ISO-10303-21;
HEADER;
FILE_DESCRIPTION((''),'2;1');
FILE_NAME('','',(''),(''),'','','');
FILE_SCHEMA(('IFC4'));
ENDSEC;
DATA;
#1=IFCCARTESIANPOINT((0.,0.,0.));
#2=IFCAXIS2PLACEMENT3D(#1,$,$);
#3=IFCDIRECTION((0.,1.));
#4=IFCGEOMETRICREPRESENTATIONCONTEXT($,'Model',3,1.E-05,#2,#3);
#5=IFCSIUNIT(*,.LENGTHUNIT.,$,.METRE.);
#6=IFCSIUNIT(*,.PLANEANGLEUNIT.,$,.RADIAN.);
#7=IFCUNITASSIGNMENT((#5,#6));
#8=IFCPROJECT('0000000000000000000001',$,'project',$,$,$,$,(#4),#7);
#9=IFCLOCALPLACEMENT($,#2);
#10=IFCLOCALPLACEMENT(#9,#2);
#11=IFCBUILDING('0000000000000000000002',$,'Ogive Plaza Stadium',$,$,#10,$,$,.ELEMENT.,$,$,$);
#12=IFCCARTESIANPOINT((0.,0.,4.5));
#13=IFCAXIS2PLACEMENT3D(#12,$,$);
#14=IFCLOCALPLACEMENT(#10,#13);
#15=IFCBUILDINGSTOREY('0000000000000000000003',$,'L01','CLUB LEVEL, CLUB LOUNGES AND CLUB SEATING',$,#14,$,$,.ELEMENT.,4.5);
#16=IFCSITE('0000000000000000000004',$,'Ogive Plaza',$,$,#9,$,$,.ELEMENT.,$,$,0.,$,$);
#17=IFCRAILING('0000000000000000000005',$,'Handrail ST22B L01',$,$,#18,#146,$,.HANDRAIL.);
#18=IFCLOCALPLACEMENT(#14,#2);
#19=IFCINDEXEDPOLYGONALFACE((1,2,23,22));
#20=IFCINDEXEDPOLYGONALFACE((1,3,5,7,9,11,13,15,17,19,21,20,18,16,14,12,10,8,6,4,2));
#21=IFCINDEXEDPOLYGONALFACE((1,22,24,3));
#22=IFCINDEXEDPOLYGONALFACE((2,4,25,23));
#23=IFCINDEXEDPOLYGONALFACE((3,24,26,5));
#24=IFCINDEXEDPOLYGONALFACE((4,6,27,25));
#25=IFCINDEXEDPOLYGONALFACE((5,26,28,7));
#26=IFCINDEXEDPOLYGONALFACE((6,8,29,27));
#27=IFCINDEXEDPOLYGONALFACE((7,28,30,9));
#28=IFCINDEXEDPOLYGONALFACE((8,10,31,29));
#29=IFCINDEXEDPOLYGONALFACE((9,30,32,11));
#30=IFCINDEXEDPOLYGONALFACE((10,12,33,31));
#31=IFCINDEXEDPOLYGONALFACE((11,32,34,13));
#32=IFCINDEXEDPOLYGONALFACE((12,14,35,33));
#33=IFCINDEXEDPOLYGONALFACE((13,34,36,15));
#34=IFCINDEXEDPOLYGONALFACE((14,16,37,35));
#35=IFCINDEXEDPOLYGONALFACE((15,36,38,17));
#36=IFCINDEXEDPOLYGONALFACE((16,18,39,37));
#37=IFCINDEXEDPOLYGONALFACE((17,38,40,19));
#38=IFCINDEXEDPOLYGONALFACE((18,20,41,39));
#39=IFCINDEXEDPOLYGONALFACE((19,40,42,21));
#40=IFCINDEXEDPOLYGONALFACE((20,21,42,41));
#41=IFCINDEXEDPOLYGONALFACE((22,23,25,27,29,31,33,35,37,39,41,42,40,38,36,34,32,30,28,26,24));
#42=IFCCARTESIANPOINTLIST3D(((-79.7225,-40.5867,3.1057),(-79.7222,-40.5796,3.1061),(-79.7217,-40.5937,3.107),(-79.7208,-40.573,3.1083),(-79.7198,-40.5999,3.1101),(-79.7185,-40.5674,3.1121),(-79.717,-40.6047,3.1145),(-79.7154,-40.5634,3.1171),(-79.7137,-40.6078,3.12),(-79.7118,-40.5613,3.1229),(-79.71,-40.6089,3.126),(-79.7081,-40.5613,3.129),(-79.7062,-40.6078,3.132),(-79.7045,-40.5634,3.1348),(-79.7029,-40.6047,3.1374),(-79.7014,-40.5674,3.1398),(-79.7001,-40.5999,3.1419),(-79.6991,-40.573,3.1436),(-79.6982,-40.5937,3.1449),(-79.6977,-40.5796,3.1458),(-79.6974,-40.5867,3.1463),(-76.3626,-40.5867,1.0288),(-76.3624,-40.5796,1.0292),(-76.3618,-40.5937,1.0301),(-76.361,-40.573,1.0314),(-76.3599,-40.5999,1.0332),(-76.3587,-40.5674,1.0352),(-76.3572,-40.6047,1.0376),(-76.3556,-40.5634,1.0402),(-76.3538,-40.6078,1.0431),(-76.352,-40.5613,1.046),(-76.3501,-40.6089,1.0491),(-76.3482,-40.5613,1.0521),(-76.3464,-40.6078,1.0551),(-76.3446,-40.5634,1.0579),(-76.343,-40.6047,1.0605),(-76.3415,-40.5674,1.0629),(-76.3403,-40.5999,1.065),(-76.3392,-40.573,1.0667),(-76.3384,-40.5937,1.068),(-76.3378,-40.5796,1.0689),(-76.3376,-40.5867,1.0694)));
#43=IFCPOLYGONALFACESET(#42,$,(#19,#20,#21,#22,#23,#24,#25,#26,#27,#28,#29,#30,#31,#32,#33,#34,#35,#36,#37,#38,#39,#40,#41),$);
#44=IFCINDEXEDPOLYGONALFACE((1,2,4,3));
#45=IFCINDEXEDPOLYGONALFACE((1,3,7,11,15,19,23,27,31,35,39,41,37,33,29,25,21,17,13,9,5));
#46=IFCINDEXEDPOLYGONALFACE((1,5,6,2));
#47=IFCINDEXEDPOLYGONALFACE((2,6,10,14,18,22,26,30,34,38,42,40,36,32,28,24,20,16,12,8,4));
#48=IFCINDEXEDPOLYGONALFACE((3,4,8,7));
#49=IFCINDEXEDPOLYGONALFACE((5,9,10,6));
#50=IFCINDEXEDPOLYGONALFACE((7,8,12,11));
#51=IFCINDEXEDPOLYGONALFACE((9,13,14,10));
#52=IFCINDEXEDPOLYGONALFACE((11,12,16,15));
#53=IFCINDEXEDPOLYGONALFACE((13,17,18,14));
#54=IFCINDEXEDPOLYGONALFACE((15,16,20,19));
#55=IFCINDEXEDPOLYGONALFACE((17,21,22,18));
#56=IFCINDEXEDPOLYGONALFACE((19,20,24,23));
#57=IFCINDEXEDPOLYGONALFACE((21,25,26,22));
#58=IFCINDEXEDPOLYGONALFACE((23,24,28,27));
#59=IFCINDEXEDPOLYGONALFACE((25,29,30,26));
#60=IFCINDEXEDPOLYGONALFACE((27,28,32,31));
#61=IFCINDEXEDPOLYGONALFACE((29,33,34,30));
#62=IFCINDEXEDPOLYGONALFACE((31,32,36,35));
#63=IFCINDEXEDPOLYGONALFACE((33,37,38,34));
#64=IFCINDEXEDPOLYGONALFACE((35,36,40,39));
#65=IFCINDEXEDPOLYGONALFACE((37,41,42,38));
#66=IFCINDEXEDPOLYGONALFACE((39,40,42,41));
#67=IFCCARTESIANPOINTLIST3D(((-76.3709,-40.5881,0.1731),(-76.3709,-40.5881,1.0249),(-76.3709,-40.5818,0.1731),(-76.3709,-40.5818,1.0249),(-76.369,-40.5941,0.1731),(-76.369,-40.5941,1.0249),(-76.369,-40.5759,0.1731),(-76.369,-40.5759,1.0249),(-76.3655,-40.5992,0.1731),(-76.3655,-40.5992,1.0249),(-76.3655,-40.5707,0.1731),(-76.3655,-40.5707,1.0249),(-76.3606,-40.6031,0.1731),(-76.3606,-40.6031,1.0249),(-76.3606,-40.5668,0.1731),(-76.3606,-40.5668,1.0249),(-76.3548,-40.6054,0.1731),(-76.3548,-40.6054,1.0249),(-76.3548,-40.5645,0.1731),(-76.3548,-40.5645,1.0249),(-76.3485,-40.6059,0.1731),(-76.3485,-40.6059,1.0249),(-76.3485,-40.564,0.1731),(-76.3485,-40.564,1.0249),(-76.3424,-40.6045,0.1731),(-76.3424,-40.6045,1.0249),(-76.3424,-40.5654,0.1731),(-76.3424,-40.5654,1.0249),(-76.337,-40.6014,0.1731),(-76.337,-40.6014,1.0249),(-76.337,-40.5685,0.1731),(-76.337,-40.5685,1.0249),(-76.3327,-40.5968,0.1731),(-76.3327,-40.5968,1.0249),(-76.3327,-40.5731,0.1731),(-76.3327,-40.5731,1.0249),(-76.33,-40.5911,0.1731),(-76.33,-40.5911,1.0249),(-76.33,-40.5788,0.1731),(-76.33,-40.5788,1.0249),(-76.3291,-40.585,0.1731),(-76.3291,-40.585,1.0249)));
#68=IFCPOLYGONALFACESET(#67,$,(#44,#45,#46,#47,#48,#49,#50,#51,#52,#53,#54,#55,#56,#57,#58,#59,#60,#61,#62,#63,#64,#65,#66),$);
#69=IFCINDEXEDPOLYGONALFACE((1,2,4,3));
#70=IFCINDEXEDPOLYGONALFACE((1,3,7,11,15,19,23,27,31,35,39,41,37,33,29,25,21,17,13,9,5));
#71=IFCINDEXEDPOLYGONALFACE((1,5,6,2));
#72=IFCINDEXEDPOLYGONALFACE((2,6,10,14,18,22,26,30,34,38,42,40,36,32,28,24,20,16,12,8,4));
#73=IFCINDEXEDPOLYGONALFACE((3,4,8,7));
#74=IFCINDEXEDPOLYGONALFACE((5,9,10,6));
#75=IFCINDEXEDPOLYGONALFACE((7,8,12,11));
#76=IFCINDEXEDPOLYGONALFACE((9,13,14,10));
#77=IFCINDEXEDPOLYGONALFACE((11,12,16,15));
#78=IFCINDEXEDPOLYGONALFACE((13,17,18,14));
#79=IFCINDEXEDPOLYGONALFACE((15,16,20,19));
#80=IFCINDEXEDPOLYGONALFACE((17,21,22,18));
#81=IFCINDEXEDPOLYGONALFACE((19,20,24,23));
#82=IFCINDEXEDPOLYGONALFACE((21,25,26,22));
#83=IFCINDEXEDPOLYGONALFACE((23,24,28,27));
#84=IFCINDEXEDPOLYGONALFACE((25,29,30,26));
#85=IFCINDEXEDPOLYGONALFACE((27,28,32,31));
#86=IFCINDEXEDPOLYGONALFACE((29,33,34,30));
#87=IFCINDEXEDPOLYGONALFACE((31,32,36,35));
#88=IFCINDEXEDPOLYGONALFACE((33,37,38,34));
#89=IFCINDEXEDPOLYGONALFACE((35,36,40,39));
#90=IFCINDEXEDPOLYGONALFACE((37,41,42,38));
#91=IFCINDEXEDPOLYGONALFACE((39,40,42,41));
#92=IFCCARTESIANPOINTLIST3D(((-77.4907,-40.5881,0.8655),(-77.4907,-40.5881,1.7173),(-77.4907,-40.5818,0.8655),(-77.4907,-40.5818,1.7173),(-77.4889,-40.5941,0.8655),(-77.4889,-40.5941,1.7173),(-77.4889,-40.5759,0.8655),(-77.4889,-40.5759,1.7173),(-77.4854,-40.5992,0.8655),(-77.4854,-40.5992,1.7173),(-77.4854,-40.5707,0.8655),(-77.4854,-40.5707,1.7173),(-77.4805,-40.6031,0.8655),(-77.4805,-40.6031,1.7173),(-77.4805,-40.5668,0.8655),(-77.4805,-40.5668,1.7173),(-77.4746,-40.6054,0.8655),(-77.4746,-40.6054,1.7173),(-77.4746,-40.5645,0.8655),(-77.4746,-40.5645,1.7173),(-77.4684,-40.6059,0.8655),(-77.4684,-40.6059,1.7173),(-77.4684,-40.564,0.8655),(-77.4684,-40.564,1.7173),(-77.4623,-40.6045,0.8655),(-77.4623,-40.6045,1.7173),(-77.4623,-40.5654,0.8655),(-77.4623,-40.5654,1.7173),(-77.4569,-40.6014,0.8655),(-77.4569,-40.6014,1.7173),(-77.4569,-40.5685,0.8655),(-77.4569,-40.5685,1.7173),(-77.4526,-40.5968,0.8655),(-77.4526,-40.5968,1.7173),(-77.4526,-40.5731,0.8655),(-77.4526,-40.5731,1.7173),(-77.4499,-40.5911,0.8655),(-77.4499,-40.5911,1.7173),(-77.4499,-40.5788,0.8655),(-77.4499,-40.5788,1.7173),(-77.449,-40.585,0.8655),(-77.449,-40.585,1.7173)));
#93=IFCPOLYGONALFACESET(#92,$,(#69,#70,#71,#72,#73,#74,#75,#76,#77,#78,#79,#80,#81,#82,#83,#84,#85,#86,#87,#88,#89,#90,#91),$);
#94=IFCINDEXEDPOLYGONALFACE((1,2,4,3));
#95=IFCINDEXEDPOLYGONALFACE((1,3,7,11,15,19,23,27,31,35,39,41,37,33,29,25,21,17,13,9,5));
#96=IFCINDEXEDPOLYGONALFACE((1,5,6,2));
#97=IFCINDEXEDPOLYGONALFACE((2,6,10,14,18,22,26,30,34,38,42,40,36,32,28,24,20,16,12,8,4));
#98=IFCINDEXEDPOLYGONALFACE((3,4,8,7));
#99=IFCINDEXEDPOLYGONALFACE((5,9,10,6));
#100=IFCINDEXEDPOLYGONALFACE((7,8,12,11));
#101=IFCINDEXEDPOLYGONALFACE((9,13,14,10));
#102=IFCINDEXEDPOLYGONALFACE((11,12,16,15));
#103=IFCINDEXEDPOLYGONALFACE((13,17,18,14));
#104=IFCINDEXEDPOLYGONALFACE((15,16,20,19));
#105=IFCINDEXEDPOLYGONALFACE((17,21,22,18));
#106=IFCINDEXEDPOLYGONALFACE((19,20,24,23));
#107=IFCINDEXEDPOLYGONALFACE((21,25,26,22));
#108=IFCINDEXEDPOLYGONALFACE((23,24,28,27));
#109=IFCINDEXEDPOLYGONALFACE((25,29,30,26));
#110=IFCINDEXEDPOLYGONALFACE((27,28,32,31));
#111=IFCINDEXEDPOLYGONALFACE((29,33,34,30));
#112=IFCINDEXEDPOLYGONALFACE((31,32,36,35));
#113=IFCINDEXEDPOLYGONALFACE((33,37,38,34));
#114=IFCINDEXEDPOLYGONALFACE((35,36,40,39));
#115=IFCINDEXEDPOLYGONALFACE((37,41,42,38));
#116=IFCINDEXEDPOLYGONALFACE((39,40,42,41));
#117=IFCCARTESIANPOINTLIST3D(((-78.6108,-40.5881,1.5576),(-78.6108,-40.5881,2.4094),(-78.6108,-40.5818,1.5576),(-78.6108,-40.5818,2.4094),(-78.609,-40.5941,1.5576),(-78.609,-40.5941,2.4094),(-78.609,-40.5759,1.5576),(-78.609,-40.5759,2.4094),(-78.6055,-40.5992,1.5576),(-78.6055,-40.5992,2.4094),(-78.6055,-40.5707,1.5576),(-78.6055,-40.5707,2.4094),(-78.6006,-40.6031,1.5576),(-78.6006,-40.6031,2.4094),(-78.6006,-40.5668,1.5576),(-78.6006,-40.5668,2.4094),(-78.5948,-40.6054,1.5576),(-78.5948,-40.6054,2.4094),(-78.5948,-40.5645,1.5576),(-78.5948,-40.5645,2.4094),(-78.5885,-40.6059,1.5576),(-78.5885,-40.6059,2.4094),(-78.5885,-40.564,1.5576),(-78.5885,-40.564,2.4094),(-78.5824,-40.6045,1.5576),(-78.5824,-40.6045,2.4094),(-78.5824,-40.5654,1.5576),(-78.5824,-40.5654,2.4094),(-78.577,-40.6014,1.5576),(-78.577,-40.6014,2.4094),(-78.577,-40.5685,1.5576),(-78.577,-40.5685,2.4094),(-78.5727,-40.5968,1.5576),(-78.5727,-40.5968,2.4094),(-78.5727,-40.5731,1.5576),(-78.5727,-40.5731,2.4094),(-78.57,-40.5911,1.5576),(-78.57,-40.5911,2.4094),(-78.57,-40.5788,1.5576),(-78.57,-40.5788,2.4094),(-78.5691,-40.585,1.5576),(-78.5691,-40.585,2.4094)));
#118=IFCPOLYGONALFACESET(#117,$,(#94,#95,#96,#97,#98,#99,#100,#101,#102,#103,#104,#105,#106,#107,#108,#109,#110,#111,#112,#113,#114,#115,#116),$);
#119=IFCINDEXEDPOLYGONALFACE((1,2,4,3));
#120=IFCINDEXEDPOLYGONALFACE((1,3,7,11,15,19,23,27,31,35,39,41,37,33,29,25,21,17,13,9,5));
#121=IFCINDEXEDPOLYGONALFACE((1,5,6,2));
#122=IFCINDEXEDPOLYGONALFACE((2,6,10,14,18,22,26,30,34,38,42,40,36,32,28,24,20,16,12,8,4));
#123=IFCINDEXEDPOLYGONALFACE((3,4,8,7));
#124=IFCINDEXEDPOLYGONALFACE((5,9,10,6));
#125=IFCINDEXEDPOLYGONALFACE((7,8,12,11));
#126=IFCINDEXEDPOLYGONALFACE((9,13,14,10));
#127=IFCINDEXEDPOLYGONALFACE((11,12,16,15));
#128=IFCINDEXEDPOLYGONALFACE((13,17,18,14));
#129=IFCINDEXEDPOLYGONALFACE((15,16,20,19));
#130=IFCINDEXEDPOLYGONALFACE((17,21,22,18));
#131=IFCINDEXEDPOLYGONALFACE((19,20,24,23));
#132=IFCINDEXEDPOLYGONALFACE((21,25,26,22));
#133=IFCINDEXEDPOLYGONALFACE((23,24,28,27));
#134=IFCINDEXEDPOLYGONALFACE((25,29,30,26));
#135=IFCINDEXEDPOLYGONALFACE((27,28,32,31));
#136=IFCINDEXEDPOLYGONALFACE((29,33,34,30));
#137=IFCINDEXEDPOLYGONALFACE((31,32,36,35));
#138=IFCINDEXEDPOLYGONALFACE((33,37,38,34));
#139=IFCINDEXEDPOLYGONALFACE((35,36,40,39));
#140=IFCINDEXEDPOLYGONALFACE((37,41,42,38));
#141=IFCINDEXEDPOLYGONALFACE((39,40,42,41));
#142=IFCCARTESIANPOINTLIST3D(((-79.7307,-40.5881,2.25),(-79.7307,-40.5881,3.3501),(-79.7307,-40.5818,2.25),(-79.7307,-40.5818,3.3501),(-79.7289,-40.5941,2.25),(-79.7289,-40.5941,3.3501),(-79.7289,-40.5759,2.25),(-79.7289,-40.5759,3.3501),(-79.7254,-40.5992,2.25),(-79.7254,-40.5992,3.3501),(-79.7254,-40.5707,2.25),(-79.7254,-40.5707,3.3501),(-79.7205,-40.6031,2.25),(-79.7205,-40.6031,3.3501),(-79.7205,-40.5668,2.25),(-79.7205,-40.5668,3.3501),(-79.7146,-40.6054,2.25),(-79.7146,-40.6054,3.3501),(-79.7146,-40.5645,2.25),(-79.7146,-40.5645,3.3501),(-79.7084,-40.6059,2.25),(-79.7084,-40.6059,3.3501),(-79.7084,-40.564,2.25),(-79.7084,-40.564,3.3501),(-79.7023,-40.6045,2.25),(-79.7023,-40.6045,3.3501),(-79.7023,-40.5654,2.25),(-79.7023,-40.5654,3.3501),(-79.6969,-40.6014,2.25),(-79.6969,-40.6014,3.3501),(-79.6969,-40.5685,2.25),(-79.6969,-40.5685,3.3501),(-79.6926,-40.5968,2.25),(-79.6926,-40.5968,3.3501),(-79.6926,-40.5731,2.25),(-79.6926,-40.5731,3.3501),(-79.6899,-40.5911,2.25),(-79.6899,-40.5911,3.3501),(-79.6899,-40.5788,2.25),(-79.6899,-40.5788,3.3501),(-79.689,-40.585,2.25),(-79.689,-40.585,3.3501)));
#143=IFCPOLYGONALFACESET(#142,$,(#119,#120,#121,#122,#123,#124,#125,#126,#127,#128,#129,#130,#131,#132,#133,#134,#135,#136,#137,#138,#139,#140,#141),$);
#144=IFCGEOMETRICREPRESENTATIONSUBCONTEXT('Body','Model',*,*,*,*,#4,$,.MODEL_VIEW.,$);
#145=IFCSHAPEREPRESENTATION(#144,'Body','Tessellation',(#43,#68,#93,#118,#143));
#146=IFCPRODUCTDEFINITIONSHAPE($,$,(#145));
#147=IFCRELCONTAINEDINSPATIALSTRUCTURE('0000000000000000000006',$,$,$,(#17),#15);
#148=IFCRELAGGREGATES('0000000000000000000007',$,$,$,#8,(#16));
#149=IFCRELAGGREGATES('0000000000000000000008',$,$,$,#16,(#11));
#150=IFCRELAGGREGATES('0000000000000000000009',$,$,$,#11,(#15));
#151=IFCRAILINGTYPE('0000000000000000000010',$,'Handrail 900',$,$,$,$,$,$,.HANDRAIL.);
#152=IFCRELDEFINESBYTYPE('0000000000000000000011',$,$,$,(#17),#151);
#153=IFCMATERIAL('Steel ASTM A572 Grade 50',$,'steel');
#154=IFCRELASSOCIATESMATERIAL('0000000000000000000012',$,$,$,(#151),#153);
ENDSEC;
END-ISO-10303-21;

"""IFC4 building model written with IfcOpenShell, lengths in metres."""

from ifc_helpers import new_model, si_unit, direction, frame, origin, origin_2d, place, context, subcontext, project, spatial, circle, extrude, material, type_object, element, save


model = new_model("IFC4")

# Units and contexts
model_context = context("Model", 3, precision=1e-05, world=origin(), true_north=direction((0.0, 1.0)))
body_context = subcontext(model_context, "Body", "Model", "MODEL_VIEW")
ifc_project = project(units=[si_unit("LENGTHUNIT", "METRE"), si_unit("PLANEANGLEUNIT", "RADIAN")], contexts=[model_context])

# Site, building, storey
site_placement = place(None, origin())
site = spatial("IfcSite", under=ifc_project, at=site_placement, Name="Ogive Plaza", CompositionType="ELEMENT", RefElevation=0.0)
building_placement = place(site_placement, origin())
building = spatial("IfcBuilding", under=site, at=building_placement, Name="Ogive Plaza Stadium", CompositionType="ELEMENT")
storey_placement = place(building_placement, frame((0.0, 0.0, 4.5)))
storey = spatial("IfcBuildingStorey", under=building, at=storey_placement, Name="L01", Description="CLUB LEVEL, CLUB LOUNGES AND CLUB SEATING", CompositionType="ELEMENT", Elevation=4.5)

# Railing
ifc_material_1 = material(Name="Steel ASTM A572 Grade 50", Category="steel")
railing_type_1 = type_object("IfcRailingType", Name="Handrail 900", PredefinedType="HANDRAIL", material=ifc_material_1)
for number, where, name in (
    (1, (-76.3501, -40.585, 0.1731), "Handrail ST22B L01"),
):
    element("IfcRailing", number, at=place(storey_placement, frame(where)), inside=storey, type_object=railing_type_1, Name=name, PredefinedType="HANDRAIL", context=body_context, shape_type="SweptSolid", body=[
        extrude(circle(Radius=0.0239, at=origin_2d()), frame((0.0, 0.0, 0.876), z_axis=(-0.850606, 0.0, 0.525803), x_axis=(0.0, -1.0, 0.0)), (0.0, 0.0, 1.0), 3.95),
        extrude(circle(Radius=0.021, at=origin_2d()), origin(), (0.0, 0.0, 1.0), 0.8518),
        extrude(circle(Radius=0.021, at=origin_2d()), frame((-1.1199, 0.0, 0.6924)), (0.0, 0.0, 1.0), 0.8518),
        extrude(circle(Radius=0.021, at=origin_2d()), frame((-2.24, 0.0, 1.3845)), (0.0, 0.0, 1.0), 0.8518),
        extrude(circle(Radius=0.021, at=origin_2d()), frame((-3.3599, 0.0, 2.0769)), (0.0, 0.0, 1.0), 1.1001),
    ])

save(model, "model.ifc")
